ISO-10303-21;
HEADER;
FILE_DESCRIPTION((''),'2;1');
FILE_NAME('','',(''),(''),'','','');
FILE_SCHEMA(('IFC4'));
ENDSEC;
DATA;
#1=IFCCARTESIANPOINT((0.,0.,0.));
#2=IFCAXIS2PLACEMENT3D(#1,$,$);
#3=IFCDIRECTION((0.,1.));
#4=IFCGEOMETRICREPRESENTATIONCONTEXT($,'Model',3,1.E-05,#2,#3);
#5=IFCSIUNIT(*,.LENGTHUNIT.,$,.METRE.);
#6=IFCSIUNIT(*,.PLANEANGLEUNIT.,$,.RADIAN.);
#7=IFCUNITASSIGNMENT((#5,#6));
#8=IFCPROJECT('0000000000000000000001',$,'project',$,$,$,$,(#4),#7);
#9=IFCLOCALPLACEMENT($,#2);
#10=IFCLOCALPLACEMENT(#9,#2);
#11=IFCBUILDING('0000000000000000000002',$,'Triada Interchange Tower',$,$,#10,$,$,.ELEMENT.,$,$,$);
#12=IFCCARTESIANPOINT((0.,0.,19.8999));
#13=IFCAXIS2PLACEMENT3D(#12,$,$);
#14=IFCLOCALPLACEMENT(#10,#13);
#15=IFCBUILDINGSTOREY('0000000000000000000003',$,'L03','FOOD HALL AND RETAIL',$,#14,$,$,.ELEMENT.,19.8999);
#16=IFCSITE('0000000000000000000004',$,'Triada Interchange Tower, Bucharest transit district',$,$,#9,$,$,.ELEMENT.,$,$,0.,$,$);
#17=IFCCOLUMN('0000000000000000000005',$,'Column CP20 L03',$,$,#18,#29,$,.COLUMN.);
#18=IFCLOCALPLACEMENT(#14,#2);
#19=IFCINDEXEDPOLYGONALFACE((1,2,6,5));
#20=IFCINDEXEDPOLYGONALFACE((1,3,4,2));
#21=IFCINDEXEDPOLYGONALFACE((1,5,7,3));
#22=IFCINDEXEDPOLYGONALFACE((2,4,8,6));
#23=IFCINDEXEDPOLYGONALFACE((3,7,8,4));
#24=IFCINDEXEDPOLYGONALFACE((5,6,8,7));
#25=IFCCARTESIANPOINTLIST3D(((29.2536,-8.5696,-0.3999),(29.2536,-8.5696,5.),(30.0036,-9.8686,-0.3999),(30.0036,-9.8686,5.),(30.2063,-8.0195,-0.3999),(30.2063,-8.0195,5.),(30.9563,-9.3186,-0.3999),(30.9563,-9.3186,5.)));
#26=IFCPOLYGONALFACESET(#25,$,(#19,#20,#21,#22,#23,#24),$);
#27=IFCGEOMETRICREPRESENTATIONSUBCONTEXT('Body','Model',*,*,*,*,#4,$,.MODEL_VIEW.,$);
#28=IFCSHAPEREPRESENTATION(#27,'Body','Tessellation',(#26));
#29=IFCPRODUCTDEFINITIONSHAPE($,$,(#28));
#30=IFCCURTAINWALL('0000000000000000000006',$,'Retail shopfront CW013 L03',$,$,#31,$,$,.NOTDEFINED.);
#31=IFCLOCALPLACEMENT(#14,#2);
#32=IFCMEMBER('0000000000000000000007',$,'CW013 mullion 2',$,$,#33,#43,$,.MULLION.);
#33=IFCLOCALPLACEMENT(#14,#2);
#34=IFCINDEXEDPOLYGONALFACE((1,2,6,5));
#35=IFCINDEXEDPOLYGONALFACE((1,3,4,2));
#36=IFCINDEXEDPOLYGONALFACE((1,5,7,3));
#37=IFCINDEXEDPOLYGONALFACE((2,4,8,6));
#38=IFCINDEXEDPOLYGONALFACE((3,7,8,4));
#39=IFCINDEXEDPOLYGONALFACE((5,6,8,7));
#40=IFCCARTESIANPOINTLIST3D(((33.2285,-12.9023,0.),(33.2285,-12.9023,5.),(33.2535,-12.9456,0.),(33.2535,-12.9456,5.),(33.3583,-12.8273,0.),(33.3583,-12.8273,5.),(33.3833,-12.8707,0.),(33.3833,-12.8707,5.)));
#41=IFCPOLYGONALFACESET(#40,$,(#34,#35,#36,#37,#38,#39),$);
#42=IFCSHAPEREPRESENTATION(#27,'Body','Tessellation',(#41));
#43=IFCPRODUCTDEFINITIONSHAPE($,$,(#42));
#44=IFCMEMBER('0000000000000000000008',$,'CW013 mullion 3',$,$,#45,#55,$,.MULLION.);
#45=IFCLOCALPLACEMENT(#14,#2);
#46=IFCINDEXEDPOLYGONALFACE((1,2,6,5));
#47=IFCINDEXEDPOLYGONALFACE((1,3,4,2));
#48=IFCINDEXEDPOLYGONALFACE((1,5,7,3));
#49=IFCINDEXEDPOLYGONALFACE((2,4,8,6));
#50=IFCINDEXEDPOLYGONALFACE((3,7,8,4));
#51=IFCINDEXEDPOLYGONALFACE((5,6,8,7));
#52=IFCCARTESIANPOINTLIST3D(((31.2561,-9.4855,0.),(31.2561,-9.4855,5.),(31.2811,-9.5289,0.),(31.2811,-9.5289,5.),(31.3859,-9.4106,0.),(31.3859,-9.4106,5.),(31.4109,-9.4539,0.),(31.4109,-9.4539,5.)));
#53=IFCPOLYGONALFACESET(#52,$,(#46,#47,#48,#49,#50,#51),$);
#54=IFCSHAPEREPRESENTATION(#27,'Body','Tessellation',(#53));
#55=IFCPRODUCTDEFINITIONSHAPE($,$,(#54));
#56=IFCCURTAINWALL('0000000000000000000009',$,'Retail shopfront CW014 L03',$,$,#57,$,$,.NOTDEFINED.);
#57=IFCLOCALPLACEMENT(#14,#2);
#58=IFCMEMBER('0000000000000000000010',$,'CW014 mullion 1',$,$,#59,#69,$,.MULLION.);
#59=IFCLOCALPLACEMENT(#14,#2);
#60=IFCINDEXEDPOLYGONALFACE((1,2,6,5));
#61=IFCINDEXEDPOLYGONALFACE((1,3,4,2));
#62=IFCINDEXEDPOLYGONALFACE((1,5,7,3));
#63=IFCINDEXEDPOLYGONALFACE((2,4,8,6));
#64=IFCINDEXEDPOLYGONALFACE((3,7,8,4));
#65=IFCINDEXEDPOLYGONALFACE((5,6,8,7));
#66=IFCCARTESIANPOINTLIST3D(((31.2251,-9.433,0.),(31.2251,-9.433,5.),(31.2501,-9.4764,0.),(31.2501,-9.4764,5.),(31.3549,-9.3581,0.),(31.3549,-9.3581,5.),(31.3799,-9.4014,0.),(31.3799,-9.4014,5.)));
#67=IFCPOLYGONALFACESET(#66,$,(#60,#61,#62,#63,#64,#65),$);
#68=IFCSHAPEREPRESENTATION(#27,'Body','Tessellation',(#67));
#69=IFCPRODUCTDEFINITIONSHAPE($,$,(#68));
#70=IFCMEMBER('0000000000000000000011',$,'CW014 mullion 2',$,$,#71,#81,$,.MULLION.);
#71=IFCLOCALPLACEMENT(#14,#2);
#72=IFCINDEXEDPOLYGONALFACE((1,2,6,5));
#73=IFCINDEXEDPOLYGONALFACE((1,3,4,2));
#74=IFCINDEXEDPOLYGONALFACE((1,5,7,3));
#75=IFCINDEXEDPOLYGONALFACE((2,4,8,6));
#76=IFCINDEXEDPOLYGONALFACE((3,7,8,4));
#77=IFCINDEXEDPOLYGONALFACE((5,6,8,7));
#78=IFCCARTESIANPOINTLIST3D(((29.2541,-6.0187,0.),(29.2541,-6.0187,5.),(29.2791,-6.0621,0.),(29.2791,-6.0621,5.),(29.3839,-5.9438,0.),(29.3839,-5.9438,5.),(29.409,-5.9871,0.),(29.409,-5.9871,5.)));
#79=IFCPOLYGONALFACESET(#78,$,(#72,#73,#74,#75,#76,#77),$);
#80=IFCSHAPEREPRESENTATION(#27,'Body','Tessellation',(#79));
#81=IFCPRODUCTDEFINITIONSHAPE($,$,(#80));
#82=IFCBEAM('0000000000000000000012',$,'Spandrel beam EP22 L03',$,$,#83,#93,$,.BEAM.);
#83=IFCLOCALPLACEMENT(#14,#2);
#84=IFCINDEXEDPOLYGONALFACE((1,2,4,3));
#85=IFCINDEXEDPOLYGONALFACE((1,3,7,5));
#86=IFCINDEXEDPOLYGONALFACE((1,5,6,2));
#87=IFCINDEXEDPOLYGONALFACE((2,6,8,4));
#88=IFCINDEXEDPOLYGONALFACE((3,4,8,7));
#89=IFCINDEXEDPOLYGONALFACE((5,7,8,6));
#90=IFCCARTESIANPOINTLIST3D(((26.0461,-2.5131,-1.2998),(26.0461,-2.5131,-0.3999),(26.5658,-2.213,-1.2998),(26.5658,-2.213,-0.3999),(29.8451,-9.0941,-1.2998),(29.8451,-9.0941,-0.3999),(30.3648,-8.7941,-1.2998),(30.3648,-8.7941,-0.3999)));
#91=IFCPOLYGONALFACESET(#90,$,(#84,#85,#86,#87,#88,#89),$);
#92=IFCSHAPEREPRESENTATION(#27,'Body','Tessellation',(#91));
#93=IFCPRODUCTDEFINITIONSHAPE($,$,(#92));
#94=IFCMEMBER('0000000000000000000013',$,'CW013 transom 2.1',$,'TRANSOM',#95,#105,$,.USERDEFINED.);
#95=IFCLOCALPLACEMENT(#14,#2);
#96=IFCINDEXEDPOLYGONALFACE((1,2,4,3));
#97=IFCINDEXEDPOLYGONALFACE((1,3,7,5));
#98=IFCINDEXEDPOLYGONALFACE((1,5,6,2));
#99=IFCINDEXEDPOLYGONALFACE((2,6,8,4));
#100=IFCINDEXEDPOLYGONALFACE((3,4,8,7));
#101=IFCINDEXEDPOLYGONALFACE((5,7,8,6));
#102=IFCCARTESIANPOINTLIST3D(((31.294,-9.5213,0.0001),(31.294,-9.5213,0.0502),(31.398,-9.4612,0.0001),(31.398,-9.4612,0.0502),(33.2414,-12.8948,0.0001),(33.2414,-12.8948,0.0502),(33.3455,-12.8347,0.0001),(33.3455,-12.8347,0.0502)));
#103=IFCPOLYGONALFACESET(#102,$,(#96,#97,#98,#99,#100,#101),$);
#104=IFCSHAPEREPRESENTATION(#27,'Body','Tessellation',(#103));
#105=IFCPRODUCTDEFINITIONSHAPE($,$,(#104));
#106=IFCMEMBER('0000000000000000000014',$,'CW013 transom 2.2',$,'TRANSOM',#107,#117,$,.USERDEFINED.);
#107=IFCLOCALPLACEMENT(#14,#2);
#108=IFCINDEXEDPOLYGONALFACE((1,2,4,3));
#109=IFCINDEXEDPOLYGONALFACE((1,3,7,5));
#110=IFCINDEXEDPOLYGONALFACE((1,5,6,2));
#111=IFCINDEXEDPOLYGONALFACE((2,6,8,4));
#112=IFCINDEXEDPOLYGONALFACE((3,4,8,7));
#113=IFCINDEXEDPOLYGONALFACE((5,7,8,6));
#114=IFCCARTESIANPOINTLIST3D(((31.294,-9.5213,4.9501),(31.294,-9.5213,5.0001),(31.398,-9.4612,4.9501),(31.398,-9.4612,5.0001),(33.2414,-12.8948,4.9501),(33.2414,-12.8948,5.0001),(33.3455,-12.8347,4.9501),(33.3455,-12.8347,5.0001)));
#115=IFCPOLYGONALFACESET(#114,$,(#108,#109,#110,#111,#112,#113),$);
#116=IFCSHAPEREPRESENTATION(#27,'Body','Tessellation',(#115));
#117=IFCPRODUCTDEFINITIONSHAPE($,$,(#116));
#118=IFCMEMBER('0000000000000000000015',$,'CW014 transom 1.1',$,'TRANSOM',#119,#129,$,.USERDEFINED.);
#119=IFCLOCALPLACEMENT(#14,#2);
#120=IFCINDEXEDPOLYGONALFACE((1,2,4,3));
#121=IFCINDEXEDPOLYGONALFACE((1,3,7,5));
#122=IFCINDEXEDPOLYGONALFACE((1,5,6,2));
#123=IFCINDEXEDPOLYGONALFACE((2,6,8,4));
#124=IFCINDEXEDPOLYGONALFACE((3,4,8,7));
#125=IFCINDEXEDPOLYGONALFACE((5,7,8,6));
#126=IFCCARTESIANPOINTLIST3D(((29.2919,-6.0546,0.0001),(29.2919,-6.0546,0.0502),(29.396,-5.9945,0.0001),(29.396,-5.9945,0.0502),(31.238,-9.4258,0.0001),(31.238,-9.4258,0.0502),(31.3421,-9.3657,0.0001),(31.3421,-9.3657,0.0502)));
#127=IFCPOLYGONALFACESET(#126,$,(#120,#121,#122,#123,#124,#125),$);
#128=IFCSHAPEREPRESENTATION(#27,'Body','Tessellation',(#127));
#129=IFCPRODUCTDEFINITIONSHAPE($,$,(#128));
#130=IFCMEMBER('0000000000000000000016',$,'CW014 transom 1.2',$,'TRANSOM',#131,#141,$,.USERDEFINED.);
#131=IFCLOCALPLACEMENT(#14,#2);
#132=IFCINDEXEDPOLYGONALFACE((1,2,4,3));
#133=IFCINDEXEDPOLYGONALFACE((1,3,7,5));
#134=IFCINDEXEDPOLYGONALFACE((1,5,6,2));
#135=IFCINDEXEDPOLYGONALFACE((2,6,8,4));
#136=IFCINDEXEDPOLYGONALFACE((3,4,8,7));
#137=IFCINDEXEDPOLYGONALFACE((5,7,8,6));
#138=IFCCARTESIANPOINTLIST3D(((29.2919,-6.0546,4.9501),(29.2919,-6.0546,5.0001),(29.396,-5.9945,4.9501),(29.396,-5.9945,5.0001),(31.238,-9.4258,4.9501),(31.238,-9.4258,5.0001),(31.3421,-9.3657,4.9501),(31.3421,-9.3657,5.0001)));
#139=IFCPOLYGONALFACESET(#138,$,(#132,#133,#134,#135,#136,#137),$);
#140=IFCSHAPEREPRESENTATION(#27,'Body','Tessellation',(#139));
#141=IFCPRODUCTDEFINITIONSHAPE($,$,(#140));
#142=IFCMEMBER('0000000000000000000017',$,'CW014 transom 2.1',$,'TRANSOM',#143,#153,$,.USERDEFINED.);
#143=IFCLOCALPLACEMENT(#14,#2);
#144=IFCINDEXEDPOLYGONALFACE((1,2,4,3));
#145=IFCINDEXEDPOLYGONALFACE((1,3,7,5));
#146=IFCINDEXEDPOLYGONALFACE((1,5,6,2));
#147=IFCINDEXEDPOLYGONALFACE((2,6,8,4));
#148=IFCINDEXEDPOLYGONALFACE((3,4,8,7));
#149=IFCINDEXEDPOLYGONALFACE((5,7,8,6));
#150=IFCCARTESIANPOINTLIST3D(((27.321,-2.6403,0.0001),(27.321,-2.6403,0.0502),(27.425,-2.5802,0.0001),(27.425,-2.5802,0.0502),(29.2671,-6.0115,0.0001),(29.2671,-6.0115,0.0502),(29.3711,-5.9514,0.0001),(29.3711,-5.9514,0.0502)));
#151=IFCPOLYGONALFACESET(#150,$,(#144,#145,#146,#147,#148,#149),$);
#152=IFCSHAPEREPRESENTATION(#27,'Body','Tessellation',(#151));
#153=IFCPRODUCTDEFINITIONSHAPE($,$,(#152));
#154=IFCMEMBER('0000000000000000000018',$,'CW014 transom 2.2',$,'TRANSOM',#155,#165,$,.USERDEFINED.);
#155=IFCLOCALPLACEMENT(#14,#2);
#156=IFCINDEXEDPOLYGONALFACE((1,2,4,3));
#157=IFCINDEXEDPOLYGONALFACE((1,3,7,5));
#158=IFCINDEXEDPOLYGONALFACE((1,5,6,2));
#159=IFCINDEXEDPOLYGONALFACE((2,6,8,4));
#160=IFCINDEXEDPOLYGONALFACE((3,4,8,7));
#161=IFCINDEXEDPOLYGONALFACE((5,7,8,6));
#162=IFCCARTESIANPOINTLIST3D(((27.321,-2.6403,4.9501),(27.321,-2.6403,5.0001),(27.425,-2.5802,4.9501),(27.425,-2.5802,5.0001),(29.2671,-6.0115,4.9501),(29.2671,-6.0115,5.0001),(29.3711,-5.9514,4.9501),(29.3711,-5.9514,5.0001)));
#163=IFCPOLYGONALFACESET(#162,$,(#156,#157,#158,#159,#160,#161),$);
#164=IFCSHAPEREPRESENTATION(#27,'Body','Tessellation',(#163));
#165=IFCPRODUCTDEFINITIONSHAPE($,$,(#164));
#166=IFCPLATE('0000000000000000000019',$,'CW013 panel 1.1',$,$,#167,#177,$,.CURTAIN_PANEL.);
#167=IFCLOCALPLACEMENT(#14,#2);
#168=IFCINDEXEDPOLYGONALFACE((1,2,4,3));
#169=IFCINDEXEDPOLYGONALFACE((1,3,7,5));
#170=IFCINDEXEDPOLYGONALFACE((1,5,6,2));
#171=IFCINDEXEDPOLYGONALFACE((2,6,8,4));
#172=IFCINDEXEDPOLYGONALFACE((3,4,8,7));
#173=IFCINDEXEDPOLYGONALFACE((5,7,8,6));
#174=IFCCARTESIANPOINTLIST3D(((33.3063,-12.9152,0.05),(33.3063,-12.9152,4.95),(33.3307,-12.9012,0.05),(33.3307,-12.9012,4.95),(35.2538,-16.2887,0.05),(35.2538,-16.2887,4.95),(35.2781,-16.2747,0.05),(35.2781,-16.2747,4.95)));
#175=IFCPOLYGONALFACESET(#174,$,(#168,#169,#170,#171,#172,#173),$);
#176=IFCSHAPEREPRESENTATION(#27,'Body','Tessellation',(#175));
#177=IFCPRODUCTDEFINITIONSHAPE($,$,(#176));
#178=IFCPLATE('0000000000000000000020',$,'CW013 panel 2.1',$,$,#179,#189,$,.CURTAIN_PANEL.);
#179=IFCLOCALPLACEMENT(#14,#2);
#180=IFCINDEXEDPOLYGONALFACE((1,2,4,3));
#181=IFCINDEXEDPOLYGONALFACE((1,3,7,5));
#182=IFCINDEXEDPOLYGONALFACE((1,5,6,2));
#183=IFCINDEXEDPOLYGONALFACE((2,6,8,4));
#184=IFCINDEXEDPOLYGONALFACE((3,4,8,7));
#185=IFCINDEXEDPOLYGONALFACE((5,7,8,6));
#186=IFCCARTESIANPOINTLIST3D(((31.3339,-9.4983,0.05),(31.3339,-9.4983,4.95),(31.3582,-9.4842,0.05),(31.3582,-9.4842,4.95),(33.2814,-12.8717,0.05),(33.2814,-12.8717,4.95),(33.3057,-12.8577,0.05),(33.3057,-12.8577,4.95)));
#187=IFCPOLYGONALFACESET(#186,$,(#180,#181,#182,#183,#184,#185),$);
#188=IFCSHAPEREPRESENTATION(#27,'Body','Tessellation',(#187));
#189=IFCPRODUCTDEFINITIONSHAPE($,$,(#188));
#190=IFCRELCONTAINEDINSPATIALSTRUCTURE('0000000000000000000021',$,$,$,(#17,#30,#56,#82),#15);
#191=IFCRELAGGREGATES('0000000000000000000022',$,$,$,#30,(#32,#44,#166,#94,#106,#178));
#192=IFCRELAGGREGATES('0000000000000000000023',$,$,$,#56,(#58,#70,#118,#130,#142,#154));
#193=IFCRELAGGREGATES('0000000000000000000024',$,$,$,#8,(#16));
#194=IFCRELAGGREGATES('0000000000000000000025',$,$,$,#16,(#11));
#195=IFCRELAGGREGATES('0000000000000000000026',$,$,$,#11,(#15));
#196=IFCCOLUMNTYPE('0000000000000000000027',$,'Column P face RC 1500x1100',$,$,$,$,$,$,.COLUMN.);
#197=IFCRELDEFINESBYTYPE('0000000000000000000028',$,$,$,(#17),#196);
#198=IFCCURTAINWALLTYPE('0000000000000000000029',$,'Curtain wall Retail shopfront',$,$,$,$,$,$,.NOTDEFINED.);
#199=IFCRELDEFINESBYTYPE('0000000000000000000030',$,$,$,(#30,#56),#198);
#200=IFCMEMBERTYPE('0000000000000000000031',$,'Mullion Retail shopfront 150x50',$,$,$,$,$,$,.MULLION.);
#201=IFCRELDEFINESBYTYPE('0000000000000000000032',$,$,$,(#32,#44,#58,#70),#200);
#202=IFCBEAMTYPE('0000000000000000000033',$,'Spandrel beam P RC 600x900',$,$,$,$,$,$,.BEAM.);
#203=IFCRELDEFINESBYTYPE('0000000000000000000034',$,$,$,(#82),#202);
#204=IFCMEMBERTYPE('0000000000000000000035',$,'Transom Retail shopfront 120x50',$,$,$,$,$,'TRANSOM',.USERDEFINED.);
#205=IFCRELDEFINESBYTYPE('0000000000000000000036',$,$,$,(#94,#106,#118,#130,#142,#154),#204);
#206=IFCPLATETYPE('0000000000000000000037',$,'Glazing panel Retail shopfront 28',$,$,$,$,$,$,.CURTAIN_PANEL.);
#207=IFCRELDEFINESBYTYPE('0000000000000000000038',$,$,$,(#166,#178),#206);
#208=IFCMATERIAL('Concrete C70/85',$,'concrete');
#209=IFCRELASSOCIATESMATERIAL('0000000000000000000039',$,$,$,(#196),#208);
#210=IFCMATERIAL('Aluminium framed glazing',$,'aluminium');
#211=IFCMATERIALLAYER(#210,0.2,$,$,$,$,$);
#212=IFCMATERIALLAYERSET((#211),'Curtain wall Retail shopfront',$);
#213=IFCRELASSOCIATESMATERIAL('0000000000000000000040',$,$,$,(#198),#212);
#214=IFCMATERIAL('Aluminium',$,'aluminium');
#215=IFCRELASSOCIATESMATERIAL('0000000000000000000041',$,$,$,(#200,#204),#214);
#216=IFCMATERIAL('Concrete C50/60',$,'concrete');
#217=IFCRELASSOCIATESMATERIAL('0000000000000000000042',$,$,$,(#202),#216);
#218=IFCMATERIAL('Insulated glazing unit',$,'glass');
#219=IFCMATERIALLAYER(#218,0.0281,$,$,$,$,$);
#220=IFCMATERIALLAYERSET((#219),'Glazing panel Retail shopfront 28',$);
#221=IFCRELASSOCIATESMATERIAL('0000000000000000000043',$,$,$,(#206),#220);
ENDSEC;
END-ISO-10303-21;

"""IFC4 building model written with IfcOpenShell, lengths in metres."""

from ifc_helpers import new_model, si_unit, direction, frame, origin, origin_2d, place, context, subcontext, project, spatial, rectangle, extrude, material, layer, layer_set, material_profile, profile_set, type_object, element, aggregate, save


model = new_model("IFC4")

# Units and contexts
model_context = context("Model", 3, precision=1e-05, world=origin(), true_north=direction((0.0, 1.0)))
body_context = subcontext(model_context, "Body", "Model", "MODEL_VIEW")
ifc_project = project(units=[si_unit("LENGTHUNIT", "METRE"), si_unit("PLANEANGLEUNIT", "RADIAN")], contexts=[model_context])

# Site, building, storey
site_placement = place(None, origin())
site = spatial("IfcSite", under=ifc_project, at=site_placement, Name="Triada Interchange Tower, Bucharest transit district", CompositionType="ELEMENT", RefElevation=0.0)
building_placement = place(site_placement, origin())
building = spatial("IfcBuilding", under=site, at=building_placement, Name="Triada Interchange Tower", CompositionType="ELEMENT")
storey_placement = place(building_placement, frame((0.0, 0.0, 19.8999)))
storey = spatial("IfcBuildingStorey", under=building, at=storey_placement, Name="L03", Description="FOOD HALL AND RETAIL", CompositionType="ELEMENT", Elevation=19.8999)

# Column
ifc_material_1 = material(Name="Concrete C70/85", Category="concrete")
ifc_material_profile_1 = material_profile(ifc_material_1, rectangle(XDim=1.5, YDim=1.1001, at=origin_2d()), Name="RC 1500x1100")
ifc_profile_set_1 = profile_set([ifc_material_profile_1], Name="Concrete C70/85")
column_type = type_object("IfcColumnType", Name="Column P face RC 1500x1100", PredefinedType="COLUMN", material=ifc_profile_set_1)
column_placement = place(storey_placement, frame((30.105, -8.9441, -0.3999), z_axis=(0.0, 0.0, 1.0), x_axis=(-0.5, 0.866025, 0.0)))
element("IfcColumn", 1, at=column_placement, inside=storey, type_object=column_type, Name="Column CP20 L03", PredefinedType="COLUMN", context=body_context, shape_type="SweptSolid", body=[
    extrude(rectangle(XDim=1.5, YDim=1.1001, at=origin_2d()), origin(), (0.0, 0.0, 1.0), 5.3999),
])

# Curtain walls, members
ifc_material_2 = material(Name="Aluminium framed glazing", Category="aluminium")
ifc_layer_1 = layer(ifc_material_2, 0.2)
ifc_layer_set_1 = layer_set([ifc_layer_1], Name="Curtain wall Retail shopfront")
curtain_wall_type = type_object("IfcCurtainWallType", Name="Curtain wall Retail shopfront", PredefinedType="NOTDEFINED", material=ifc_layer_set_1)
curtain_wall_1_placement = place(storey_placement, origin())
curtain_wall_1 = element("IfcCurtainWall", 2, at=curtain_wall_1_placement, inside=storey, type_object=curtain_wall_type, Name="Retail shopfront CW013 L03", PredefinedType="NOTDEFINED")
ifc_material_3 = material(Name="Aluminium", Category="aluminium")
ifc_material_profile_2 = material_profile(ifc_material_3, rectangle(XDim=0.1499, YDim=0.05, at=origin_2d()), Name="Aluminium mullion")
ifc_profile_set_2 = profile_set([ifc_material_profile_2], Name="Aluminium")
member_type_1 = type_object("IfcMemberType", Name="Mullion Retail shopfront 150x50", PredefinedType="MULLION", material=ifc_profile_set_2)
member_1_placement = place(storey_placement, frame((33.3059, -12.8865, 0.0), z_axis=(0.0, 0.0, 1.0), x_axis=(-0.866049, -0.499959, 0.0)))
member_1 = element("IfcMember", 3, at=member_1_placement, type_object=member_type_1, Name="CW013 mullion 2", PredefinedType="MULLION", context=body_context, shape_type="SweptSolid", body=[
    extrude(rectangle(XDim=0.1499, YDim=0.05, at=origin_2d()), origin(), (0.0, 0.0, 1.0), 5.0),
])
member_2_placement = place(storey_placement, frame((31.3335, -9.4697, 0.0), z_axis=(0.0, 0.0, 1.0), x_axis=(-0.866049, -0.499959, 0.0)))
member_2 = element("IfcMember", 4, at=member_2_placement, type_object=member_type_1, Name="CW013 mullion 3", PredefinedType="MULLION", context=body_context, shape_type="SweptSolid", body=[
    extrude(rectangle(XDim=0.1499, YDim=0.05, at=origin_2d()), origin(), (0.0, 0.0, 1.0), 5.0),
])
curtain_wall_2_placement = place(storey_placement, origin())
curtain_wall_2 = element("IfcCurtainWall", 5, at=curtain_wall_2_placement, inside=storey, type_object=curtain_wall_type, Name="Retail shopfront CW014 L03", PredefinedType="NOTDEFINED")
member_3_placement = place(storey_placement, frame((31.3025, -9.4172, 0.0), z_axis=(0.0, 0.0, 1.0), x_axis=(-0.866055, -0.499948, 0.0)))
member_3 = element("IfcMember", 6, at=member_3_placement, type_object=member_type_1, Name="CW014 mullion 1", PredefinedType="MULLION", context=body_context, shape_type="SweptSolid", body=[
    extrude(rectangle(XDim=0.1499, YDim=0.05, at=origin_2d()), origin(), (0.0, 0.0, 1.0), 5.0),
])
member_4_placement = place(storey_placement, frame((29.3315, -6.0029, 0.0), z_axis=(0.0, 0.0, 1.0), x_axis=(-0.866055, -0.499948, 0.0)))
member_4 = element("IfcMember", 7, at=member_4_placement, type_object=member_type_1, Name="CW014 mullion 2", PredefinedType="MULLION", context=body_context, shape_type="SweptSolid", body=[
    extrude(rectangle(XDim=0.1499, YDim=0.05, at=origin_2d()), origin(), (0.0, 0.0, 1.0), 5.0),
])

# Beam
ifc_material_4 = material(Name="Concrete C50/60", Category="concrete")
ifc_material_profile_3 = material_profile(ifc_material_4, rectangle(XDim=0.6001, YDim=0.8999, at=origin_2d()), Name="RC 600x900")
ifc_profile_set_3 = profile_set([ifc_material_profile_3], Name="Concrete C50/60")
beam_type_1 = type_object("IfcBeamType", Name="Spandrel beam P RC 600x900", PredefinedType="BEAM", material=ifc_profile_set_3)
beam_1_placement = place(storey_placement, frame((30.105, -8.9441, -0.8499), z_axis=(-0.499951, 0.866054, 0.0), x_axis=(-0.866054, -0.499951, 0.0)))
element("IfcBeam", 8, at=beam_1_placement, inside=storey, type_object=beam_type_1, Name="Spandrel beam EP22 L03", PredefinedType="BEAM", context=body_context, shape_type="SweptSolid", body=[
    extrude(rectangle(XDim=0.6001, YDim=0.8999, at=origin_2d()), origin(), (0.0, 0.0, 1.0), 7.5989),
])

# Members
ifc_material_profile_4 = material_profile(ifc_material_3, rectangle(XDim=0.1201, YDim=0.05, at=origin_2d()), Name="Aluminium transom")
ifc_profile_set_4 = profile_set([ifc_material_profile_4], Name="Aluminium")
member_type_2 = type_object("IfcMemberType", Name="Transom Retail shopfront 120x50", ElementType="TRANSOM", PredefinedType="USERDEFINED", material=ifc_profile_set_4)
member_5_placement = place(storey_placement, frame((33.2935, -12.8647, 0.0251), z_axis=(-0.499961, 0.866048, 0.0), x_axis=(-0.866048, -0.499961, 0.0)))
member_5 = element("IfcMember", 9, at=member_5_placement, type_object=member_type_2, Name="CW013 transom 2.1", ObjectType="TRANSOM", PredefinedType="USERDEFINED", context=body_context, shape_type="SweptSolid", body=[
    extrude(rectangle(XDim=0.1201, YDim=0.05, at=origin_2d()), origin(), (0.0, 0.0, 1.0), 3.8953),
])
member_6_placement = place(storey_placement, frame((33.2935, -12.8647, 4.9751), z_axis=(-0.499961, 0.866048, 0.0), x_axis=(-0.866048, -0.499961, 0.0)))
member_6 = element("IfcMember", 10, at=member_6_placement, type_object=member_type_2, Name="CW013 transom 2.2", ObjectType="TRANSOM", PredefinedType="USERDEFINED", context=body_context, shape_type="SweptSolid", body=[
    extrude(rectangle(XDim=0.1201, YDim=0.05, at=origin_2d()), origin(), (0.0, 0.0, 1.0), 3.8953),
])
member_7_placement = place(storey_placement, frame((31.29, -9.3958, 0.0251), z_axis=(-0.49995, 0.866054, 0.0), x_axis=(-0.866054, -0.49995, 0.0)))
member_7 = element("IfcMember", 11, at=member_7_placement, type_object=member_type_2, Name="CW014 transom 1.1", ObjectType="TRANSOM", PredefinedType="USERDEFINED", context=body_context, shape_type="SweptSolid", body=[
    extrude(rectangle(XDim=0.1201, YDim=0.05, at=origin_2d()), origin(), (0.0, 0.0, 1.0), 3.8926),
])
member_8_placement = place(storey_placement, frame((31.29, -9.3958, 4.9751), z_axis=(-0.49995, 0.866054, 0.0), x_axis=(-0.866054, -0.49995, 0.0)))
member_8 = element("IfcMember", 12, at=member_8_placement, type_object=member_type_2, Name="CW014 transom 1.2", ObjectType="TRANSOM", PredefinedType="USERDEFINED", context=body_context, shape_type="SweptSolid", body=[
    extrude(rectangle(XDim=0.1201, YDim=0.05, at=origin_2d()), origin(), (0.0, 0.0, 1.0), 3.8926),
])
member_9_placement = place(storey_placement, frame((29.3191, -5.9814, 0.0251), z_axis=(-0.49995, 0.866054, 0.0), x_axis=(-0.866054, -0.49995, 0.0)))
member_9 = element("IfcMember", 13, at=member_9_placement, type_object=member_type_2, Name="CW014 transom 2.1", ObjectType="TRANSOM", PredefinedType="USERDEFINED", context=body_context, shape_type="SweptSolid", body=[
    extrude(rectangle(XDim=0.1201, YDim=0.05, at=origin_2d()), origin(), (0.0, 0.0, 1.0), 3.8926),
])
member_10_placement = place(storey_placement, frame((29.3191, -5.9814, 4.9751), z_axis=(-0.49995, 0.866054, 0.0), x_axis=(-0.866054, -0.49995, 0.0)))
member_10 = element("IfcMember", 14, at=member_10_placement, type_object=member_type_2, Name="CW014 transom 2.2", ObjectType="TRANSOM", PredefinedType="USERDEFINED", context=body_context, shape_type="SweptSolid", body=[
    extrude(rectangle(XDim=0.1201, YDim=0.05, at=origin_2d()), origin(), (0.0, 0.0, 1.0), 3.8926),
])

# Plates
ifc_material_5 = material(Name="Insulated glazing unit", Category="glass")
ifc_layer_2 = layer(ifc_material_5, 0.0281)
ifc_layer_set_2 = layer_set([ifc_layer_2], Name="Glazing panel Retail shopfront 28")
plate_type = type_object("IfcPlateType", Name="Glazing panel Retail shopfront 28", PredefinedType="CURTAIN_PANEL", material=ifc_layer_set_2)
plate_1_placement = place(storey_placement, frame((34.2922, -14.595, 0.05), z_axis=(0.0, 0.0, 1.0), x_axis=(-0.499959, 0.866049, 0.0)))
plate_1 = element("IfcPlate", 15, at=plate_1_placement, type_object=plate_type, Name="CW013 panel 1.1", PredefinedType="CURTAIN_PANEL", context=body_context, shape_type="SweptSolid", body=[
    extrude(rectangle(XDim=3.8953, YDim=0.0281, at=origin_2d()), origin(), (0.0, 0.0, 1.0), 4.8999),
])
plate_2_placement = place(storey_placement, frame((32.3198, -11.178, 0.05), z_axis=(0.0, 0.0, 1.0), x_axis=(-0.499959, 0.866049, 0.0)))
plate_2 = element("IfcPlate", 16, at=plate_2_placement, type_object=plate_type, Name="CW013 panel 2.1", PredefinedType="CURTAIN_PANEL", context=body_context, shape_type="SweptSolid", body=[
    extrude(rectangle(XDim=3.8953, YDim=0.0281, at=origin_2d()), origin(), (0.0, 0.0, 1.0), 4.8999),
])
aggregate(curtain_wall_1, [member_1, member_2, plate_1, member_5, member_6, plate_2])
aggregate(curtain_wall_2, [member_3, member_4, member_7, member_8, member_9, member_10])

save(model, "model.ifc")
